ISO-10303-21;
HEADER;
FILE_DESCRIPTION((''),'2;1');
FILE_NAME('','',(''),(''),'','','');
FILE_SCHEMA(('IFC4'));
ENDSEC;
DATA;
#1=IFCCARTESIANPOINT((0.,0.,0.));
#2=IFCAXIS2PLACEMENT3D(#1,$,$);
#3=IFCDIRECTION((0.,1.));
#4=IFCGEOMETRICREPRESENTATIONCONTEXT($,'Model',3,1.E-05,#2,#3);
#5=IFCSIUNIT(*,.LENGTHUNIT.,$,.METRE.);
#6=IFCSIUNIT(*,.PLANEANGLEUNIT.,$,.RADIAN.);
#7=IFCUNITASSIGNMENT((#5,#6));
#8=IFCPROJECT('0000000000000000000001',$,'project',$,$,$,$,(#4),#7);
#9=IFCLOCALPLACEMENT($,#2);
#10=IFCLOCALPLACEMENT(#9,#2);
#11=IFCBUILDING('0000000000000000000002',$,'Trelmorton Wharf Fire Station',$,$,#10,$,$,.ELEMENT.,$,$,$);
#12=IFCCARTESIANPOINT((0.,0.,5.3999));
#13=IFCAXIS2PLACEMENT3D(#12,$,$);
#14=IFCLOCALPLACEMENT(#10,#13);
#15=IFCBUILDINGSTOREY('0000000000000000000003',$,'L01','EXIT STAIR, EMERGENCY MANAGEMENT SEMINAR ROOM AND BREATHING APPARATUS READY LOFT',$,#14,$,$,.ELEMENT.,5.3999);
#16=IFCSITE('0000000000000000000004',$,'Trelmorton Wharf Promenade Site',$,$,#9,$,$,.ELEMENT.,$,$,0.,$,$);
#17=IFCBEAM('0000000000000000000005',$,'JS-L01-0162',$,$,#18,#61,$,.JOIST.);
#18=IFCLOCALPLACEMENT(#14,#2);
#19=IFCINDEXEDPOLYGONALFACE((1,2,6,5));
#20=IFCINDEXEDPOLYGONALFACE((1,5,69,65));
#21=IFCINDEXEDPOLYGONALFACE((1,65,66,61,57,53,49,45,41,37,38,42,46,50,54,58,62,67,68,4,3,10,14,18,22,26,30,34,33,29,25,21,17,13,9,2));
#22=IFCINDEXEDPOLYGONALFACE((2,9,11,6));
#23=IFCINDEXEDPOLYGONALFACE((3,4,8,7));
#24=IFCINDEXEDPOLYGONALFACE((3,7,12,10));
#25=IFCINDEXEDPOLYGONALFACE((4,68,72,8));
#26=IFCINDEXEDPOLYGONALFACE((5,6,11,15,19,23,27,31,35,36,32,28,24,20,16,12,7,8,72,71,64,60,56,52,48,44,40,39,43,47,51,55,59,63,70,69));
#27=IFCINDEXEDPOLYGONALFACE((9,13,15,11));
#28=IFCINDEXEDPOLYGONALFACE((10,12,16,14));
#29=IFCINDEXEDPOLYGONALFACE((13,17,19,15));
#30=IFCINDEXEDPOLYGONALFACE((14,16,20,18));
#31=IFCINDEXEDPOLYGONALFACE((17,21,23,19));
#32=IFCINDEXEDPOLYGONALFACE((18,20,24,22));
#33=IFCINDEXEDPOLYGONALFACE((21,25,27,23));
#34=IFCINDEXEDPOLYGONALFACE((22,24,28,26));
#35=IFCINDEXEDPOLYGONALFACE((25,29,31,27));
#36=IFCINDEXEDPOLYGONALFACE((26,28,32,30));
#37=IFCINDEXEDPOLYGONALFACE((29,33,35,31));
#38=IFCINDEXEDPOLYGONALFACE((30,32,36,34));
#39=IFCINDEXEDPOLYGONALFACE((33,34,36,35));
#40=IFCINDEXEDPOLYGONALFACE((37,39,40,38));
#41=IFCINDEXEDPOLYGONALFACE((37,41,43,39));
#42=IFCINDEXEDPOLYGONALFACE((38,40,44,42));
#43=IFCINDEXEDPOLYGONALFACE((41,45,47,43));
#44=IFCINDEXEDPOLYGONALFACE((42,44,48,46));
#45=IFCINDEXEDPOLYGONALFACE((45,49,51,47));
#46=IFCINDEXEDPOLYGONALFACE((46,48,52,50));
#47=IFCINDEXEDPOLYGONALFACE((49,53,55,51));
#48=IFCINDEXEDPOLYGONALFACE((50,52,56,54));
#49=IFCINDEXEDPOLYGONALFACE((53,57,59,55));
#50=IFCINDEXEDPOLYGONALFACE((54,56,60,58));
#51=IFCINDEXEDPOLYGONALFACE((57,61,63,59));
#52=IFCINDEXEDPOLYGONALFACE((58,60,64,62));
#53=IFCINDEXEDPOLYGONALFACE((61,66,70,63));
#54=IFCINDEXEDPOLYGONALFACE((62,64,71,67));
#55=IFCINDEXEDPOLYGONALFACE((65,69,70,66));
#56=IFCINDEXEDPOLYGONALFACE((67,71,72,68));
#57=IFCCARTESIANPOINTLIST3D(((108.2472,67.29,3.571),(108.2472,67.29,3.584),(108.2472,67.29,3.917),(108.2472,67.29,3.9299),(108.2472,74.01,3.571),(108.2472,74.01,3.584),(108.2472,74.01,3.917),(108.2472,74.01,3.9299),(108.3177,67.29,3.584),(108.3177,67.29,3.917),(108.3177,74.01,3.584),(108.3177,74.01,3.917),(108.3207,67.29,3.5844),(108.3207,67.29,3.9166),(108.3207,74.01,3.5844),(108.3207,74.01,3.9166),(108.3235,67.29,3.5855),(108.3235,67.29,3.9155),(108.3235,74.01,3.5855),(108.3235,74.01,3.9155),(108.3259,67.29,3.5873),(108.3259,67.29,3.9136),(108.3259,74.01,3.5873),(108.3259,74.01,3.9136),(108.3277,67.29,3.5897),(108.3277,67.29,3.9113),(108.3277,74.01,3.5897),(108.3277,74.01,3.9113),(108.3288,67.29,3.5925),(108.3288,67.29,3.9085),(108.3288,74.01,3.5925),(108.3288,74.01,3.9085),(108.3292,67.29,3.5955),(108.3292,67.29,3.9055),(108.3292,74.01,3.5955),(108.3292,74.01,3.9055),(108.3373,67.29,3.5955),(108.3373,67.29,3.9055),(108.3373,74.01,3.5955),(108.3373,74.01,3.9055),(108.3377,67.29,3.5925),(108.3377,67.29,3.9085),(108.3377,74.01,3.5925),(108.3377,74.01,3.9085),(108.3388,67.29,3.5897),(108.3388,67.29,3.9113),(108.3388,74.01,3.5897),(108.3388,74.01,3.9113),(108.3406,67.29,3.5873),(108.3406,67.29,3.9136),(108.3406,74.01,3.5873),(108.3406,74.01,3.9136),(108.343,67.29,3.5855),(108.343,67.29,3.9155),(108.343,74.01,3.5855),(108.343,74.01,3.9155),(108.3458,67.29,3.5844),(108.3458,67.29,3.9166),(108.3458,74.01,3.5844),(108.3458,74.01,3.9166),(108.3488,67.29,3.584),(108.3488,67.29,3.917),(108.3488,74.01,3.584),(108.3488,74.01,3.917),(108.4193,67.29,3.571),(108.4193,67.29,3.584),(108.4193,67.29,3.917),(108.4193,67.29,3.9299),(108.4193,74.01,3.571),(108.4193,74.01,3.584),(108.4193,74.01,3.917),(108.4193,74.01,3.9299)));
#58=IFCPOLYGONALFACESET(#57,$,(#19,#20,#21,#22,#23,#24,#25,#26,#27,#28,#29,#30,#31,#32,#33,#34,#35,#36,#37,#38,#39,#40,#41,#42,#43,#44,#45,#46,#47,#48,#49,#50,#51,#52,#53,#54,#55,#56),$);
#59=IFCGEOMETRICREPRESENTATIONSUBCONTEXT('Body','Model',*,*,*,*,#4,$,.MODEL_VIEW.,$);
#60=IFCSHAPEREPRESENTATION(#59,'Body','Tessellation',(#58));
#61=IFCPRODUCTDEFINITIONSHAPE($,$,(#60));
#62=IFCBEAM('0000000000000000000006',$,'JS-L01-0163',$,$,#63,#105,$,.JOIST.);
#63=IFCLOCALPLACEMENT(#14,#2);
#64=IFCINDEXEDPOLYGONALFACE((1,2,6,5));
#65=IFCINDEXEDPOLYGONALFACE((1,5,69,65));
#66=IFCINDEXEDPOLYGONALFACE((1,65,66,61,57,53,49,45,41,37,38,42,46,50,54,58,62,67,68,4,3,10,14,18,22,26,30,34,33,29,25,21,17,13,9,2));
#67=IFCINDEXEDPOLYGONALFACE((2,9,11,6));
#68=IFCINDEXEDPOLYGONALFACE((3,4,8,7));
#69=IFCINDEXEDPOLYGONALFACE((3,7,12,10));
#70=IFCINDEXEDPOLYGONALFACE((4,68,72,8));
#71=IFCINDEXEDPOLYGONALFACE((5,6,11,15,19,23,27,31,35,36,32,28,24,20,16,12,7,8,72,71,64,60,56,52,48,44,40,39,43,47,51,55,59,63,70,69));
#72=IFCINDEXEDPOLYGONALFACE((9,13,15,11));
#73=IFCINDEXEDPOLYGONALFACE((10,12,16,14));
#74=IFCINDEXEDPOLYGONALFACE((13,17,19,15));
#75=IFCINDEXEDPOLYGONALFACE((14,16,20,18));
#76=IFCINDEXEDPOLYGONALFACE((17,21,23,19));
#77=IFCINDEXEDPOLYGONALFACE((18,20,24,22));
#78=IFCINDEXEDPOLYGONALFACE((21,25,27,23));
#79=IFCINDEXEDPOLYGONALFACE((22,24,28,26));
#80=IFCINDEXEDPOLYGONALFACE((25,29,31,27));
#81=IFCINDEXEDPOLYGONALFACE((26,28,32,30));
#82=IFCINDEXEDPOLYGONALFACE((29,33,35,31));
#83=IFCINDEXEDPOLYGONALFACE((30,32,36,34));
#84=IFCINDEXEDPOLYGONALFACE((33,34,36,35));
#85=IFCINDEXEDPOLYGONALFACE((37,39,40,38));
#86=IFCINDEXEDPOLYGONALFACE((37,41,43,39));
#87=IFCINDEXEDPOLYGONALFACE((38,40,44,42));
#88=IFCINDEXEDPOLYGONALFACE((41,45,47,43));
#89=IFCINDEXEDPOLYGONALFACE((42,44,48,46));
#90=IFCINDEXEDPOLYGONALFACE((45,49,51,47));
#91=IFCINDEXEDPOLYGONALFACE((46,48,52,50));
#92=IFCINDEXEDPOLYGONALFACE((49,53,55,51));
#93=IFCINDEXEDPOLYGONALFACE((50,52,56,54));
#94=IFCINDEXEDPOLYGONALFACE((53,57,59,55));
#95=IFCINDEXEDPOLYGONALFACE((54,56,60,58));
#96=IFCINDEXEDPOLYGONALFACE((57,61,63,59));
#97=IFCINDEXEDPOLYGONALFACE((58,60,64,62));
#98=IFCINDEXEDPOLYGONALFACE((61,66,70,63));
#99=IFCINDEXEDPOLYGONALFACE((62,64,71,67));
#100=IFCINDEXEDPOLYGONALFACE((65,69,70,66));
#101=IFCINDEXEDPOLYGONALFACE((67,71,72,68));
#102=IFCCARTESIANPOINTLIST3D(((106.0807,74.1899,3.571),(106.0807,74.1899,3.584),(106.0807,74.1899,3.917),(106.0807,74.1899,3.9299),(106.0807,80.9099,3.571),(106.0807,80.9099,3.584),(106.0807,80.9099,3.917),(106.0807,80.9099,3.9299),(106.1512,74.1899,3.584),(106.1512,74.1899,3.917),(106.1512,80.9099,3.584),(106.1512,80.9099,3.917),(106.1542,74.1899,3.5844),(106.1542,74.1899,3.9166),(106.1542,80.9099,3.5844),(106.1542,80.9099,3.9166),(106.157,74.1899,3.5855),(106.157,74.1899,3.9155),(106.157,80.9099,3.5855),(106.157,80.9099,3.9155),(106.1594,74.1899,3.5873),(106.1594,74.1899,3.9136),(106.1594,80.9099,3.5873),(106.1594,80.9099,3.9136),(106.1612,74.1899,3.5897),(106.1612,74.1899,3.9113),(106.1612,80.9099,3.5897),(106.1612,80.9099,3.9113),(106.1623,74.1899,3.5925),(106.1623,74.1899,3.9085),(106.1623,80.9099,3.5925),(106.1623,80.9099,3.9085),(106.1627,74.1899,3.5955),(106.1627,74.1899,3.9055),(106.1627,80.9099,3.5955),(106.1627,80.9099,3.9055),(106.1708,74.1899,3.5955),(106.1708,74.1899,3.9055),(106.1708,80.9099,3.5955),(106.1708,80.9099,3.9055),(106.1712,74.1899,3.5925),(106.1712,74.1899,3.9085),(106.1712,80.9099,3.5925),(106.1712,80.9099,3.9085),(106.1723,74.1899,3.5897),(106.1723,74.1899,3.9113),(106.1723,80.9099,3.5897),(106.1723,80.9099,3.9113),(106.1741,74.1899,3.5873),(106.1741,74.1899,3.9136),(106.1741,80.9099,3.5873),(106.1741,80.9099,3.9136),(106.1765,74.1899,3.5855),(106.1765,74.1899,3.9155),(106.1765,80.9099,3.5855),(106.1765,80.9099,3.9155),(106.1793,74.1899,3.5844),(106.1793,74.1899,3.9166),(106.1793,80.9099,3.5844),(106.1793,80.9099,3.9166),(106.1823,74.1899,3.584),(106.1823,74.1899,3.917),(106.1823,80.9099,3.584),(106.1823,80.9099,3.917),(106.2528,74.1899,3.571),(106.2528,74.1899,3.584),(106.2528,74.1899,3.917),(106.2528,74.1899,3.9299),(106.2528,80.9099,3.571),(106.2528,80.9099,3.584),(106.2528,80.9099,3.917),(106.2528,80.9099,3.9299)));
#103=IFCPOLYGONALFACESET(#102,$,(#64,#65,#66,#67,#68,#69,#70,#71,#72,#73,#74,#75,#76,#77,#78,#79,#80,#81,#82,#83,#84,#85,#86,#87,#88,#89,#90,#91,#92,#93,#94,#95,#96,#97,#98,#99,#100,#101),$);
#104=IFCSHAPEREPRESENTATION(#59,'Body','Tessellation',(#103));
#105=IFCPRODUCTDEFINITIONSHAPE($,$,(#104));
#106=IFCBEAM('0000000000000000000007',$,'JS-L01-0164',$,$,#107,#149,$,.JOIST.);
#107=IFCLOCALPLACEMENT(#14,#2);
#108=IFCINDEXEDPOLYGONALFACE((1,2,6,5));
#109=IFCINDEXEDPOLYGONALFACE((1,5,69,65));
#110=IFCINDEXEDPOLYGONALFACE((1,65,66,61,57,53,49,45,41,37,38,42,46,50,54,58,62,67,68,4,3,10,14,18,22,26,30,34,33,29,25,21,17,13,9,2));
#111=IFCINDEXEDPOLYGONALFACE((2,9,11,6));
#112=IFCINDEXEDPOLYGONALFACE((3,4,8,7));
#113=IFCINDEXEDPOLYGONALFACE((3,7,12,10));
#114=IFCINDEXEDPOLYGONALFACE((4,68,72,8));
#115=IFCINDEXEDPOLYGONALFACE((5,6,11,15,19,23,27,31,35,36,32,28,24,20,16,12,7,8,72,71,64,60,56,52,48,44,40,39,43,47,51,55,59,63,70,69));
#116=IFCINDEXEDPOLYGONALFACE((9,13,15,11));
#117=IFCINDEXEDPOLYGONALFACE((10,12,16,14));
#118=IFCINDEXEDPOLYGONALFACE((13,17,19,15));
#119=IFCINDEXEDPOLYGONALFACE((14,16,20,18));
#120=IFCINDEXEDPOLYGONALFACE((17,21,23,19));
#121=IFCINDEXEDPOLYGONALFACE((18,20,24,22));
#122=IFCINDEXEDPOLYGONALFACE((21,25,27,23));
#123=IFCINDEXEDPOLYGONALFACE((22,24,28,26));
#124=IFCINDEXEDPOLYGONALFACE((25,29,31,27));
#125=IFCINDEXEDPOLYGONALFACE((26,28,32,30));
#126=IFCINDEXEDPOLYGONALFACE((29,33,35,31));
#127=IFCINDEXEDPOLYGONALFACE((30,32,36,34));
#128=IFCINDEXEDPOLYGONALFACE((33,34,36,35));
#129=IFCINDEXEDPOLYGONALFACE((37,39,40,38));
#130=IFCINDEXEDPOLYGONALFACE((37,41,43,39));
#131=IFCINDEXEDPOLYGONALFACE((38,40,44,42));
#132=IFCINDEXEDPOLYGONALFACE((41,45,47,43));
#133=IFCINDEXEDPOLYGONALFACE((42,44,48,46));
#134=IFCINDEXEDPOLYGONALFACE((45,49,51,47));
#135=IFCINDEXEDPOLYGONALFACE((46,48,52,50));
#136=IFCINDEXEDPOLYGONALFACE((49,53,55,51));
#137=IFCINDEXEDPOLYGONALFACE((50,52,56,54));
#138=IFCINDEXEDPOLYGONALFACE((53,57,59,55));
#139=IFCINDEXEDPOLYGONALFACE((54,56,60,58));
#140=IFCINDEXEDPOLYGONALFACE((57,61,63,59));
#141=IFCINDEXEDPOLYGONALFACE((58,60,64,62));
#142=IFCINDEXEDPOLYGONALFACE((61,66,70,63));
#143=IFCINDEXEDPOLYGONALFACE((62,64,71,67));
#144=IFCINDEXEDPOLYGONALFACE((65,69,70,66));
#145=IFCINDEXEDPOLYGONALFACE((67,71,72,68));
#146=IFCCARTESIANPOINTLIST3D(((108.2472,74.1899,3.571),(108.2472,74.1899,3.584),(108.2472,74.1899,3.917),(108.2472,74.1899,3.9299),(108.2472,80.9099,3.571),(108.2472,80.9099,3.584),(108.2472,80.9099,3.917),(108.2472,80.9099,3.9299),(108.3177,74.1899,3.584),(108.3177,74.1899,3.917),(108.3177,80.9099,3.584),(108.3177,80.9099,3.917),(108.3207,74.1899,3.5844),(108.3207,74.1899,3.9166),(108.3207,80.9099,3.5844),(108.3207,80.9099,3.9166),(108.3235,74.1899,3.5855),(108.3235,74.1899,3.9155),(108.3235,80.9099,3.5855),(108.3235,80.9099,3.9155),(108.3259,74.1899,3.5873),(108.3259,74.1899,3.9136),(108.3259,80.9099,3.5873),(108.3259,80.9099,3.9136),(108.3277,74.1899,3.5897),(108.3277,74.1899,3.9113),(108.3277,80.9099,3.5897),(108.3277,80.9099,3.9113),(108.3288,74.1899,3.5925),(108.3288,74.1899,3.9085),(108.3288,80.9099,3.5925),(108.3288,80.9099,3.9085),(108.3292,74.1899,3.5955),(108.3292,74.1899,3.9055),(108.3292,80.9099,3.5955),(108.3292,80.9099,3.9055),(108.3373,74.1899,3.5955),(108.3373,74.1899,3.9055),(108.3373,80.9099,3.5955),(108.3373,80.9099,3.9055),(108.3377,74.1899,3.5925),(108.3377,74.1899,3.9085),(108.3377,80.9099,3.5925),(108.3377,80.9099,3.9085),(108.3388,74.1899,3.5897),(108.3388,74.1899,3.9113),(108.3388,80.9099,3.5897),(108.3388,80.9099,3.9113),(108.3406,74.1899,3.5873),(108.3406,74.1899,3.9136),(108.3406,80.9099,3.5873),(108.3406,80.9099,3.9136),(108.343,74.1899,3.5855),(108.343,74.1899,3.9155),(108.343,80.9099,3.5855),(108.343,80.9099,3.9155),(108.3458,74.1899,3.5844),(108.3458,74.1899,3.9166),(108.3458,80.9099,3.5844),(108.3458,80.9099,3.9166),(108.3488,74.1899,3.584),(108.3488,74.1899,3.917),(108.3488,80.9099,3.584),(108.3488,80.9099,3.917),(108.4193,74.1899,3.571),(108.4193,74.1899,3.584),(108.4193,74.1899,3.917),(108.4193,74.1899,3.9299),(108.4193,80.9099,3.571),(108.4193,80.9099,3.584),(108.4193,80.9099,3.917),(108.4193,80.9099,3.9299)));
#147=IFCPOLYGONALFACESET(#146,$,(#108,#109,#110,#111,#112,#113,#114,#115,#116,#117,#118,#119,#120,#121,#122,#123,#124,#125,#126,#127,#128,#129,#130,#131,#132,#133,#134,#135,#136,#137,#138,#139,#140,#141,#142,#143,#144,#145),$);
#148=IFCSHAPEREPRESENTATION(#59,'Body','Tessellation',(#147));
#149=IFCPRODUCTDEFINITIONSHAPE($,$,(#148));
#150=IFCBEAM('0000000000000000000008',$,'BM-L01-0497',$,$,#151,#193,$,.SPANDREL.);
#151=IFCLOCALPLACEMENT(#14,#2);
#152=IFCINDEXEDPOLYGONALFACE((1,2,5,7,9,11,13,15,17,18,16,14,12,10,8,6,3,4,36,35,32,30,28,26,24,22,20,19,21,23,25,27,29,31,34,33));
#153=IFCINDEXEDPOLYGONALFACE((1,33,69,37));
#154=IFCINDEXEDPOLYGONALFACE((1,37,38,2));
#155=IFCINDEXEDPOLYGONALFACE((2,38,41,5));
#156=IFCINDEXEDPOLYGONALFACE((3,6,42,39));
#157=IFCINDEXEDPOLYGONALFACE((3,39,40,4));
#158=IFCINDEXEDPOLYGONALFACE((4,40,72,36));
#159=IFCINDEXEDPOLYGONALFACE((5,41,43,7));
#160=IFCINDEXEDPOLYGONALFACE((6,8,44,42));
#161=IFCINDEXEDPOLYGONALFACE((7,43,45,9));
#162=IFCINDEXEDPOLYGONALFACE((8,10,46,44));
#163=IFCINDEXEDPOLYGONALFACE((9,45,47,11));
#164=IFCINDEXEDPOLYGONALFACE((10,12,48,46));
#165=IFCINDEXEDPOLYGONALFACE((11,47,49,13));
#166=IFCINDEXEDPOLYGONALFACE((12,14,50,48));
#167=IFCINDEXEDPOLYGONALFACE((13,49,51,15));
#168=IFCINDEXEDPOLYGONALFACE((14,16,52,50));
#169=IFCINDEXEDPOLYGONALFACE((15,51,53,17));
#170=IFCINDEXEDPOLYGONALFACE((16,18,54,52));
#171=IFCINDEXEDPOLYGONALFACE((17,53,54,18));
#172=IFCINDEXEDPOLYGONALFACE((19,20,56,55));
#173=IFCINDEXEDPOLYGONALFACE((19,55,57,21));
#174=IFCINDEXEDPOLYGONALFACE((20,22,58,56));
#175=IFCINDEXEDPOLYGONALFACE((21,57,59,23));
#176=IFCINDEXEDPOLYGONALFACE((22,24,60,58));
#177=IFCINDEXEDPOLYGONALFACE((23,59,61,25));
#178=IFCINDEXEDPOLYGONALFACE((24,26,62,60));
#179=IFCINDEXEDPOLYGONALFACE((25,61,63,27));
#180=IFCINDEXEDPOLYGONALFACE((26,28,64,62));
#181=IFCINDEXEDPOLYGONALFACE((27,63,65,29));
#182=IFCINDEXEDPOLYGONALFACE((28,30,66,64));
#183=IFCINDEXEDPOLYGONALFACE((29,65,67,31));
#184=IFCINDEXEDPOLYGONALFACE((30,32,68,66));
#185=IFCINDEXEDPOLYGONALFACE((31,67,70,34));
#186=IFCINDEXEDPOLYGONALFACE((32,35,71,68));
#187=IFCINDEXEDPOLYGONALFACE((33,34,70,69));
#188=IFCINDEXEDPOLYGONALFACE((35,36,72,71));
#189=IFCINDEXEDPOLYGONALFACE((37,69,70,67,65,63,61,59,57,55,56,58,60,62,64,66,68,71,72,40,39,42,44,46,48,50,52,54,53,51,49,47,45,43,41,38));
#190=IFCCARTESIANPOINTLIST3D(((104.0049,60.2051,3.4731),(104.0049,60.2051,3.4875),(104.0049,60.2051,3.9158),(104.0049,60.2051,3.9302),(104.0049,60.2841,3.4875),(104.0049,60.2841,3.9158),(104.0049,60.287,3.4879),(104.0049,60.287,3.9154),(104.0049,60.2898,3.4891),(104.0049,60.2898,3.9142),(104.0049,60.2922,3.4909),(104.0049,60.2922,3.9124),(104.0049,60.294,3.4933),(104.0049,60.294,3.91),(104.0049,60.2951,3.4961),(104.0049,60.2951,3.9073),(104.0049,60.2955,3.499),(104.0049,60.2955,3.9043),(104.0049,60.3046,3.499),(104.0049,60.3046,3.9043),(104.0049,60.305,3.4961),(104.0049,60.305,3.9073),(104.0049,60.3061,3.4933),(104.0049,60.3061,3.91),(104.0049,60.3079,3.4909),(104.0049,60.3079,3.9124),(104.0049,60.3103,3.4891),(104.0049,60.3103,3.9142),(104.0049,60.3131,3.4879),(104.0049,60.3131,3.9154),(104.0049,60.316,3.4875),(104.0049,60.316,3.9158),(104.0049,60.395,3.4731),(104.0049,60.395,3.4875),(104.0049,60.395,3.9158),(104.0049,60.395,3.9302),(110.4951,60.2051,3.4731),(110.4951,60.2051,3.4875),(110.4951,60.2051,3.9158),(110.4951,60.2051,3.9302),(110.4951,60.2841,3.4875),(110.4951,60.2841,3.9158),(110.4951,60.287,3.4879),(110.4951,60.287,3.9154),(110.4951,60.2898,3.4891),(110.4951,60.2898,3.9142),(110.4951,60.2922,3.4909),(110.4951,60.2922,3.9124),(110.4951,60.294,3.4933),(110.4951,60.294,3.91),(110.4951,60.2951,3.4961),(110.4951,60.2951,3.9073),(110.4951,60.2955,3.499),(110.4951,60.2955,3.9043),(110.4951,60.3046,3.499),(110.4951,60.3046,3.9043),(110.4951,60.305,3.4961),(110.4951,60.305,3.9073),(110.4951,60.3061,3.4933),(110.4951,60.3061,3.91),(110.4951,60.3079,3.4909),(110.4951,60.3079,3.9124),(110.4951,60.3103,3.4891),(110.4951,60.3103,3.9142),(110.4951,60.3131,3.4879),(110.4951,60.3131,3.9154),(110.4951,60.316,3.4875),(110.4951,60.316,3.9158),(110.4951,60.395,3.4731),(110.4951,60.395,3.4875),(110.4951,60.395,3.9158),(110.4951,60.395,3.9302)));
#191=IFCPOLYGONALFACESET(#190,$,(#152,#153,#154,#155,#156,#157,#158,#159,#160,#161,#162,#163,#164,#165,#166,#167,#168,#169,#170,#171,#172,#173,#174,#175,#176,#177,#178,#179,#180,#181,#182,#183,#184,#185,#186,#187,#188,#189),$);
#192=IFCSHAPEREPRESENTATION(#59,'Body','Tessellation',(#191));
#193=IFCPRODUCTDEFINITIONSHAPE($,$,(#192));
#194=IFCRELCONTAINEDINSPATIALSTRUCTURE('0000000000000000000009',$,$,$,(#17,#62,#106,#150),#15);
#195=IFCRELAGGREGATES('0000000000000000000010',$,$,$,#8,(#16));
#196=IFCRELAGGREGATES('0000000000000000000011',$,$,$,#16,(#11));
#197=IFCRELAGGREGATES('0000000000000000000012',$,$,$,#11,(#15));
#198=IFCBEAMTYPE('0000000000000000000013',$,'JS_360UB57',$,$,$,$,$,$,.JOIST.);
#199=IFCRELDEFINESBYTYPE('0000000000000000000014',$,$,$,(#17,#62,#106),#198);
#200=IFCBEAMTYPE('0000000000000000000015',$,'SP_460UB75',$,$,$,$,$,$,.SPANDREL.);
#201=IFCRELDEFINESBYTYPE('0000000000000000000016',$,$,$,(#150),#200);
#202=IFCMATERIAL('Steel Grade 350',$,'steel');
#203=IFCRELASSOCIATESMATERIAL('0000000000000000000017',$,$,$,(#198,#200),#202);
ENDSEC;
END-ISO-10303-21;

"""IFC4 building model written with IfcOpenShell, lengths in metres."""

from ifc_helpers import new_model, si_unit, direction, frame, origin, origin_2d, place, context, subcontext, project, spatial, i_section, extrude, material, material_profile, profile_set, type_object, element, save


model = new_model("IFC4")

# Units and contexts
model_context = context("Model", 3, precision=1e-05, world=origin(), true_north=direction((0.0, 1.0)))
body_context = subcontext(model_context, "Body", "Model", "MODEL_VIEW")
ifc_project = project(units=[si_unit("LENGTHUNIT", "METRE"), si_unit("PLANEANGLEUNIT", "RADIAN")], contexts=[model_context])

# Site, building, storey
site_placement = place(None, origin())
site = spatial("IfcSite", under=ifc_project, at=site_placement, Name="Trelmorton Wharf Promenade Site", CompositionType="ELEMENT", RefElevation=0.0)
building_placement = place(site_placement, origin())
building = spatial("IfcBuilding", under=site, at=building_placement, Name="Trelmorton Wharf Fire Station", CompositionType="ELEMENT")
storey_placement = place(building_placement, frame((0.0, 0.0, 5.3999)))
storey = spatial("IfcBuildingStorey", under=building, at=storey_placement, Name="L01", Description="EXIT STAIR, EMERGENCY MANAGEMENT SEMINAR ROOM AND BREATHING APPARATUS READY LOFT", CompositionType="ELEMENT", Elevation=5.3999)

# Shared definitions
ifc_material_1 = material(Name="Steel Grade 350", Category="steel")

# Beams
ifc_material_profile_1 = material_profile(ifc_material_1, i_section(OverallWidth=0.1721, OverallDepth=0.3589, WebThickness=0.0081, FlangeThickness=0.0129, FilletRadius=0.0115, at=origin_2d()), Name="360UB56.7")
ifc_profile_set_1 = profile_set([ifc_material_profile_1], Name="Steel Grade 350")
beam_type_1 = type_object("IfcBeamType", Name="JS_360UB57", PredefinedType="JOIST", material=ifc_profile_set_1)
for number, where, z_axis, x_axis, name in (
    (1, (108.3333, 67.29, 3.7505), (0.0, 1.0, 0.0), (-1.0, 0.0, 0.0), "JS-L01-0162"),
    (2, (106.1667, 74.1899, 3.7505), (0.0, 1.0, 0.0), (-1.0, 0.0, 0.0), "JS-L01-0163"),
    (3, (108.3333, 74.1899, 3.7505), (0.0, 1.0, 0.0), (-1.0, 0.0, 0.0), "JS-L01-0164"),
):
    element("IfcBeam", number, at=place(storey_placement, frame(where, z_axis=z_axis, x_axis=x_axis)), inside=storey, type_object=beam_type_1, Name=name, PredefinedType="JOIST", context=body_context, shape_type="SweptSolid", body=[
        extrude(i_section(OverallWidth=0.1721, OverallDepth=0.3589, WebThickness=0.0081, FlangeThickness=0.0129, FilletRadius=0.0115, at=origin_2d()), origin(), (0.0, 0.0, 1.0), 6.72),
    ])
ifc_material_profile_2 = material_profile(ifc_material_1, i_section(OverallWidth=0.1899, OverallDepth=0.457, WebThickness=0.009, FlangeThickness=0.0144, FilletRadius=0.0115, at=origin_2d()), Name="460UB74.6")
ifc_profile_set_2 = profile_set([ifc_material_profile_2], Name="Steel Grade 350")
beam_type_2 = type_object("IfcBeamType", Name="SP_460UB75", PredefinedType="SPANDREL", material=ifc_profile_set_2)
for number, where, z_axis, x_axis, name in (
    (4, (104.0049, 60.3, 3.7017), (1.0, 0.0, 0.0), (0.0, 1.0, 0.0), "BM-L01-0497"),
):
    element("IfcBeam", number, at=place(storey_placement, frame(where, z_axis=z_axis, x_axis=x_axis)), inside=storey, type_object=beam_type_2, Name=name, PredefinedType="SPANDREL", context=body_context, shape_type="SweptSolid", body=[
        extrude(i_section(OverallWidth=0.1899, OverallDepth=0.457, WebThickness=0.009, FlangeThickness=0.0144, FilletRadius=0.0115, at=origin_2d()), origin(), (0.0, 0.0, 1.0), 6.4902),
    ])

save(model, "model.ifc")
